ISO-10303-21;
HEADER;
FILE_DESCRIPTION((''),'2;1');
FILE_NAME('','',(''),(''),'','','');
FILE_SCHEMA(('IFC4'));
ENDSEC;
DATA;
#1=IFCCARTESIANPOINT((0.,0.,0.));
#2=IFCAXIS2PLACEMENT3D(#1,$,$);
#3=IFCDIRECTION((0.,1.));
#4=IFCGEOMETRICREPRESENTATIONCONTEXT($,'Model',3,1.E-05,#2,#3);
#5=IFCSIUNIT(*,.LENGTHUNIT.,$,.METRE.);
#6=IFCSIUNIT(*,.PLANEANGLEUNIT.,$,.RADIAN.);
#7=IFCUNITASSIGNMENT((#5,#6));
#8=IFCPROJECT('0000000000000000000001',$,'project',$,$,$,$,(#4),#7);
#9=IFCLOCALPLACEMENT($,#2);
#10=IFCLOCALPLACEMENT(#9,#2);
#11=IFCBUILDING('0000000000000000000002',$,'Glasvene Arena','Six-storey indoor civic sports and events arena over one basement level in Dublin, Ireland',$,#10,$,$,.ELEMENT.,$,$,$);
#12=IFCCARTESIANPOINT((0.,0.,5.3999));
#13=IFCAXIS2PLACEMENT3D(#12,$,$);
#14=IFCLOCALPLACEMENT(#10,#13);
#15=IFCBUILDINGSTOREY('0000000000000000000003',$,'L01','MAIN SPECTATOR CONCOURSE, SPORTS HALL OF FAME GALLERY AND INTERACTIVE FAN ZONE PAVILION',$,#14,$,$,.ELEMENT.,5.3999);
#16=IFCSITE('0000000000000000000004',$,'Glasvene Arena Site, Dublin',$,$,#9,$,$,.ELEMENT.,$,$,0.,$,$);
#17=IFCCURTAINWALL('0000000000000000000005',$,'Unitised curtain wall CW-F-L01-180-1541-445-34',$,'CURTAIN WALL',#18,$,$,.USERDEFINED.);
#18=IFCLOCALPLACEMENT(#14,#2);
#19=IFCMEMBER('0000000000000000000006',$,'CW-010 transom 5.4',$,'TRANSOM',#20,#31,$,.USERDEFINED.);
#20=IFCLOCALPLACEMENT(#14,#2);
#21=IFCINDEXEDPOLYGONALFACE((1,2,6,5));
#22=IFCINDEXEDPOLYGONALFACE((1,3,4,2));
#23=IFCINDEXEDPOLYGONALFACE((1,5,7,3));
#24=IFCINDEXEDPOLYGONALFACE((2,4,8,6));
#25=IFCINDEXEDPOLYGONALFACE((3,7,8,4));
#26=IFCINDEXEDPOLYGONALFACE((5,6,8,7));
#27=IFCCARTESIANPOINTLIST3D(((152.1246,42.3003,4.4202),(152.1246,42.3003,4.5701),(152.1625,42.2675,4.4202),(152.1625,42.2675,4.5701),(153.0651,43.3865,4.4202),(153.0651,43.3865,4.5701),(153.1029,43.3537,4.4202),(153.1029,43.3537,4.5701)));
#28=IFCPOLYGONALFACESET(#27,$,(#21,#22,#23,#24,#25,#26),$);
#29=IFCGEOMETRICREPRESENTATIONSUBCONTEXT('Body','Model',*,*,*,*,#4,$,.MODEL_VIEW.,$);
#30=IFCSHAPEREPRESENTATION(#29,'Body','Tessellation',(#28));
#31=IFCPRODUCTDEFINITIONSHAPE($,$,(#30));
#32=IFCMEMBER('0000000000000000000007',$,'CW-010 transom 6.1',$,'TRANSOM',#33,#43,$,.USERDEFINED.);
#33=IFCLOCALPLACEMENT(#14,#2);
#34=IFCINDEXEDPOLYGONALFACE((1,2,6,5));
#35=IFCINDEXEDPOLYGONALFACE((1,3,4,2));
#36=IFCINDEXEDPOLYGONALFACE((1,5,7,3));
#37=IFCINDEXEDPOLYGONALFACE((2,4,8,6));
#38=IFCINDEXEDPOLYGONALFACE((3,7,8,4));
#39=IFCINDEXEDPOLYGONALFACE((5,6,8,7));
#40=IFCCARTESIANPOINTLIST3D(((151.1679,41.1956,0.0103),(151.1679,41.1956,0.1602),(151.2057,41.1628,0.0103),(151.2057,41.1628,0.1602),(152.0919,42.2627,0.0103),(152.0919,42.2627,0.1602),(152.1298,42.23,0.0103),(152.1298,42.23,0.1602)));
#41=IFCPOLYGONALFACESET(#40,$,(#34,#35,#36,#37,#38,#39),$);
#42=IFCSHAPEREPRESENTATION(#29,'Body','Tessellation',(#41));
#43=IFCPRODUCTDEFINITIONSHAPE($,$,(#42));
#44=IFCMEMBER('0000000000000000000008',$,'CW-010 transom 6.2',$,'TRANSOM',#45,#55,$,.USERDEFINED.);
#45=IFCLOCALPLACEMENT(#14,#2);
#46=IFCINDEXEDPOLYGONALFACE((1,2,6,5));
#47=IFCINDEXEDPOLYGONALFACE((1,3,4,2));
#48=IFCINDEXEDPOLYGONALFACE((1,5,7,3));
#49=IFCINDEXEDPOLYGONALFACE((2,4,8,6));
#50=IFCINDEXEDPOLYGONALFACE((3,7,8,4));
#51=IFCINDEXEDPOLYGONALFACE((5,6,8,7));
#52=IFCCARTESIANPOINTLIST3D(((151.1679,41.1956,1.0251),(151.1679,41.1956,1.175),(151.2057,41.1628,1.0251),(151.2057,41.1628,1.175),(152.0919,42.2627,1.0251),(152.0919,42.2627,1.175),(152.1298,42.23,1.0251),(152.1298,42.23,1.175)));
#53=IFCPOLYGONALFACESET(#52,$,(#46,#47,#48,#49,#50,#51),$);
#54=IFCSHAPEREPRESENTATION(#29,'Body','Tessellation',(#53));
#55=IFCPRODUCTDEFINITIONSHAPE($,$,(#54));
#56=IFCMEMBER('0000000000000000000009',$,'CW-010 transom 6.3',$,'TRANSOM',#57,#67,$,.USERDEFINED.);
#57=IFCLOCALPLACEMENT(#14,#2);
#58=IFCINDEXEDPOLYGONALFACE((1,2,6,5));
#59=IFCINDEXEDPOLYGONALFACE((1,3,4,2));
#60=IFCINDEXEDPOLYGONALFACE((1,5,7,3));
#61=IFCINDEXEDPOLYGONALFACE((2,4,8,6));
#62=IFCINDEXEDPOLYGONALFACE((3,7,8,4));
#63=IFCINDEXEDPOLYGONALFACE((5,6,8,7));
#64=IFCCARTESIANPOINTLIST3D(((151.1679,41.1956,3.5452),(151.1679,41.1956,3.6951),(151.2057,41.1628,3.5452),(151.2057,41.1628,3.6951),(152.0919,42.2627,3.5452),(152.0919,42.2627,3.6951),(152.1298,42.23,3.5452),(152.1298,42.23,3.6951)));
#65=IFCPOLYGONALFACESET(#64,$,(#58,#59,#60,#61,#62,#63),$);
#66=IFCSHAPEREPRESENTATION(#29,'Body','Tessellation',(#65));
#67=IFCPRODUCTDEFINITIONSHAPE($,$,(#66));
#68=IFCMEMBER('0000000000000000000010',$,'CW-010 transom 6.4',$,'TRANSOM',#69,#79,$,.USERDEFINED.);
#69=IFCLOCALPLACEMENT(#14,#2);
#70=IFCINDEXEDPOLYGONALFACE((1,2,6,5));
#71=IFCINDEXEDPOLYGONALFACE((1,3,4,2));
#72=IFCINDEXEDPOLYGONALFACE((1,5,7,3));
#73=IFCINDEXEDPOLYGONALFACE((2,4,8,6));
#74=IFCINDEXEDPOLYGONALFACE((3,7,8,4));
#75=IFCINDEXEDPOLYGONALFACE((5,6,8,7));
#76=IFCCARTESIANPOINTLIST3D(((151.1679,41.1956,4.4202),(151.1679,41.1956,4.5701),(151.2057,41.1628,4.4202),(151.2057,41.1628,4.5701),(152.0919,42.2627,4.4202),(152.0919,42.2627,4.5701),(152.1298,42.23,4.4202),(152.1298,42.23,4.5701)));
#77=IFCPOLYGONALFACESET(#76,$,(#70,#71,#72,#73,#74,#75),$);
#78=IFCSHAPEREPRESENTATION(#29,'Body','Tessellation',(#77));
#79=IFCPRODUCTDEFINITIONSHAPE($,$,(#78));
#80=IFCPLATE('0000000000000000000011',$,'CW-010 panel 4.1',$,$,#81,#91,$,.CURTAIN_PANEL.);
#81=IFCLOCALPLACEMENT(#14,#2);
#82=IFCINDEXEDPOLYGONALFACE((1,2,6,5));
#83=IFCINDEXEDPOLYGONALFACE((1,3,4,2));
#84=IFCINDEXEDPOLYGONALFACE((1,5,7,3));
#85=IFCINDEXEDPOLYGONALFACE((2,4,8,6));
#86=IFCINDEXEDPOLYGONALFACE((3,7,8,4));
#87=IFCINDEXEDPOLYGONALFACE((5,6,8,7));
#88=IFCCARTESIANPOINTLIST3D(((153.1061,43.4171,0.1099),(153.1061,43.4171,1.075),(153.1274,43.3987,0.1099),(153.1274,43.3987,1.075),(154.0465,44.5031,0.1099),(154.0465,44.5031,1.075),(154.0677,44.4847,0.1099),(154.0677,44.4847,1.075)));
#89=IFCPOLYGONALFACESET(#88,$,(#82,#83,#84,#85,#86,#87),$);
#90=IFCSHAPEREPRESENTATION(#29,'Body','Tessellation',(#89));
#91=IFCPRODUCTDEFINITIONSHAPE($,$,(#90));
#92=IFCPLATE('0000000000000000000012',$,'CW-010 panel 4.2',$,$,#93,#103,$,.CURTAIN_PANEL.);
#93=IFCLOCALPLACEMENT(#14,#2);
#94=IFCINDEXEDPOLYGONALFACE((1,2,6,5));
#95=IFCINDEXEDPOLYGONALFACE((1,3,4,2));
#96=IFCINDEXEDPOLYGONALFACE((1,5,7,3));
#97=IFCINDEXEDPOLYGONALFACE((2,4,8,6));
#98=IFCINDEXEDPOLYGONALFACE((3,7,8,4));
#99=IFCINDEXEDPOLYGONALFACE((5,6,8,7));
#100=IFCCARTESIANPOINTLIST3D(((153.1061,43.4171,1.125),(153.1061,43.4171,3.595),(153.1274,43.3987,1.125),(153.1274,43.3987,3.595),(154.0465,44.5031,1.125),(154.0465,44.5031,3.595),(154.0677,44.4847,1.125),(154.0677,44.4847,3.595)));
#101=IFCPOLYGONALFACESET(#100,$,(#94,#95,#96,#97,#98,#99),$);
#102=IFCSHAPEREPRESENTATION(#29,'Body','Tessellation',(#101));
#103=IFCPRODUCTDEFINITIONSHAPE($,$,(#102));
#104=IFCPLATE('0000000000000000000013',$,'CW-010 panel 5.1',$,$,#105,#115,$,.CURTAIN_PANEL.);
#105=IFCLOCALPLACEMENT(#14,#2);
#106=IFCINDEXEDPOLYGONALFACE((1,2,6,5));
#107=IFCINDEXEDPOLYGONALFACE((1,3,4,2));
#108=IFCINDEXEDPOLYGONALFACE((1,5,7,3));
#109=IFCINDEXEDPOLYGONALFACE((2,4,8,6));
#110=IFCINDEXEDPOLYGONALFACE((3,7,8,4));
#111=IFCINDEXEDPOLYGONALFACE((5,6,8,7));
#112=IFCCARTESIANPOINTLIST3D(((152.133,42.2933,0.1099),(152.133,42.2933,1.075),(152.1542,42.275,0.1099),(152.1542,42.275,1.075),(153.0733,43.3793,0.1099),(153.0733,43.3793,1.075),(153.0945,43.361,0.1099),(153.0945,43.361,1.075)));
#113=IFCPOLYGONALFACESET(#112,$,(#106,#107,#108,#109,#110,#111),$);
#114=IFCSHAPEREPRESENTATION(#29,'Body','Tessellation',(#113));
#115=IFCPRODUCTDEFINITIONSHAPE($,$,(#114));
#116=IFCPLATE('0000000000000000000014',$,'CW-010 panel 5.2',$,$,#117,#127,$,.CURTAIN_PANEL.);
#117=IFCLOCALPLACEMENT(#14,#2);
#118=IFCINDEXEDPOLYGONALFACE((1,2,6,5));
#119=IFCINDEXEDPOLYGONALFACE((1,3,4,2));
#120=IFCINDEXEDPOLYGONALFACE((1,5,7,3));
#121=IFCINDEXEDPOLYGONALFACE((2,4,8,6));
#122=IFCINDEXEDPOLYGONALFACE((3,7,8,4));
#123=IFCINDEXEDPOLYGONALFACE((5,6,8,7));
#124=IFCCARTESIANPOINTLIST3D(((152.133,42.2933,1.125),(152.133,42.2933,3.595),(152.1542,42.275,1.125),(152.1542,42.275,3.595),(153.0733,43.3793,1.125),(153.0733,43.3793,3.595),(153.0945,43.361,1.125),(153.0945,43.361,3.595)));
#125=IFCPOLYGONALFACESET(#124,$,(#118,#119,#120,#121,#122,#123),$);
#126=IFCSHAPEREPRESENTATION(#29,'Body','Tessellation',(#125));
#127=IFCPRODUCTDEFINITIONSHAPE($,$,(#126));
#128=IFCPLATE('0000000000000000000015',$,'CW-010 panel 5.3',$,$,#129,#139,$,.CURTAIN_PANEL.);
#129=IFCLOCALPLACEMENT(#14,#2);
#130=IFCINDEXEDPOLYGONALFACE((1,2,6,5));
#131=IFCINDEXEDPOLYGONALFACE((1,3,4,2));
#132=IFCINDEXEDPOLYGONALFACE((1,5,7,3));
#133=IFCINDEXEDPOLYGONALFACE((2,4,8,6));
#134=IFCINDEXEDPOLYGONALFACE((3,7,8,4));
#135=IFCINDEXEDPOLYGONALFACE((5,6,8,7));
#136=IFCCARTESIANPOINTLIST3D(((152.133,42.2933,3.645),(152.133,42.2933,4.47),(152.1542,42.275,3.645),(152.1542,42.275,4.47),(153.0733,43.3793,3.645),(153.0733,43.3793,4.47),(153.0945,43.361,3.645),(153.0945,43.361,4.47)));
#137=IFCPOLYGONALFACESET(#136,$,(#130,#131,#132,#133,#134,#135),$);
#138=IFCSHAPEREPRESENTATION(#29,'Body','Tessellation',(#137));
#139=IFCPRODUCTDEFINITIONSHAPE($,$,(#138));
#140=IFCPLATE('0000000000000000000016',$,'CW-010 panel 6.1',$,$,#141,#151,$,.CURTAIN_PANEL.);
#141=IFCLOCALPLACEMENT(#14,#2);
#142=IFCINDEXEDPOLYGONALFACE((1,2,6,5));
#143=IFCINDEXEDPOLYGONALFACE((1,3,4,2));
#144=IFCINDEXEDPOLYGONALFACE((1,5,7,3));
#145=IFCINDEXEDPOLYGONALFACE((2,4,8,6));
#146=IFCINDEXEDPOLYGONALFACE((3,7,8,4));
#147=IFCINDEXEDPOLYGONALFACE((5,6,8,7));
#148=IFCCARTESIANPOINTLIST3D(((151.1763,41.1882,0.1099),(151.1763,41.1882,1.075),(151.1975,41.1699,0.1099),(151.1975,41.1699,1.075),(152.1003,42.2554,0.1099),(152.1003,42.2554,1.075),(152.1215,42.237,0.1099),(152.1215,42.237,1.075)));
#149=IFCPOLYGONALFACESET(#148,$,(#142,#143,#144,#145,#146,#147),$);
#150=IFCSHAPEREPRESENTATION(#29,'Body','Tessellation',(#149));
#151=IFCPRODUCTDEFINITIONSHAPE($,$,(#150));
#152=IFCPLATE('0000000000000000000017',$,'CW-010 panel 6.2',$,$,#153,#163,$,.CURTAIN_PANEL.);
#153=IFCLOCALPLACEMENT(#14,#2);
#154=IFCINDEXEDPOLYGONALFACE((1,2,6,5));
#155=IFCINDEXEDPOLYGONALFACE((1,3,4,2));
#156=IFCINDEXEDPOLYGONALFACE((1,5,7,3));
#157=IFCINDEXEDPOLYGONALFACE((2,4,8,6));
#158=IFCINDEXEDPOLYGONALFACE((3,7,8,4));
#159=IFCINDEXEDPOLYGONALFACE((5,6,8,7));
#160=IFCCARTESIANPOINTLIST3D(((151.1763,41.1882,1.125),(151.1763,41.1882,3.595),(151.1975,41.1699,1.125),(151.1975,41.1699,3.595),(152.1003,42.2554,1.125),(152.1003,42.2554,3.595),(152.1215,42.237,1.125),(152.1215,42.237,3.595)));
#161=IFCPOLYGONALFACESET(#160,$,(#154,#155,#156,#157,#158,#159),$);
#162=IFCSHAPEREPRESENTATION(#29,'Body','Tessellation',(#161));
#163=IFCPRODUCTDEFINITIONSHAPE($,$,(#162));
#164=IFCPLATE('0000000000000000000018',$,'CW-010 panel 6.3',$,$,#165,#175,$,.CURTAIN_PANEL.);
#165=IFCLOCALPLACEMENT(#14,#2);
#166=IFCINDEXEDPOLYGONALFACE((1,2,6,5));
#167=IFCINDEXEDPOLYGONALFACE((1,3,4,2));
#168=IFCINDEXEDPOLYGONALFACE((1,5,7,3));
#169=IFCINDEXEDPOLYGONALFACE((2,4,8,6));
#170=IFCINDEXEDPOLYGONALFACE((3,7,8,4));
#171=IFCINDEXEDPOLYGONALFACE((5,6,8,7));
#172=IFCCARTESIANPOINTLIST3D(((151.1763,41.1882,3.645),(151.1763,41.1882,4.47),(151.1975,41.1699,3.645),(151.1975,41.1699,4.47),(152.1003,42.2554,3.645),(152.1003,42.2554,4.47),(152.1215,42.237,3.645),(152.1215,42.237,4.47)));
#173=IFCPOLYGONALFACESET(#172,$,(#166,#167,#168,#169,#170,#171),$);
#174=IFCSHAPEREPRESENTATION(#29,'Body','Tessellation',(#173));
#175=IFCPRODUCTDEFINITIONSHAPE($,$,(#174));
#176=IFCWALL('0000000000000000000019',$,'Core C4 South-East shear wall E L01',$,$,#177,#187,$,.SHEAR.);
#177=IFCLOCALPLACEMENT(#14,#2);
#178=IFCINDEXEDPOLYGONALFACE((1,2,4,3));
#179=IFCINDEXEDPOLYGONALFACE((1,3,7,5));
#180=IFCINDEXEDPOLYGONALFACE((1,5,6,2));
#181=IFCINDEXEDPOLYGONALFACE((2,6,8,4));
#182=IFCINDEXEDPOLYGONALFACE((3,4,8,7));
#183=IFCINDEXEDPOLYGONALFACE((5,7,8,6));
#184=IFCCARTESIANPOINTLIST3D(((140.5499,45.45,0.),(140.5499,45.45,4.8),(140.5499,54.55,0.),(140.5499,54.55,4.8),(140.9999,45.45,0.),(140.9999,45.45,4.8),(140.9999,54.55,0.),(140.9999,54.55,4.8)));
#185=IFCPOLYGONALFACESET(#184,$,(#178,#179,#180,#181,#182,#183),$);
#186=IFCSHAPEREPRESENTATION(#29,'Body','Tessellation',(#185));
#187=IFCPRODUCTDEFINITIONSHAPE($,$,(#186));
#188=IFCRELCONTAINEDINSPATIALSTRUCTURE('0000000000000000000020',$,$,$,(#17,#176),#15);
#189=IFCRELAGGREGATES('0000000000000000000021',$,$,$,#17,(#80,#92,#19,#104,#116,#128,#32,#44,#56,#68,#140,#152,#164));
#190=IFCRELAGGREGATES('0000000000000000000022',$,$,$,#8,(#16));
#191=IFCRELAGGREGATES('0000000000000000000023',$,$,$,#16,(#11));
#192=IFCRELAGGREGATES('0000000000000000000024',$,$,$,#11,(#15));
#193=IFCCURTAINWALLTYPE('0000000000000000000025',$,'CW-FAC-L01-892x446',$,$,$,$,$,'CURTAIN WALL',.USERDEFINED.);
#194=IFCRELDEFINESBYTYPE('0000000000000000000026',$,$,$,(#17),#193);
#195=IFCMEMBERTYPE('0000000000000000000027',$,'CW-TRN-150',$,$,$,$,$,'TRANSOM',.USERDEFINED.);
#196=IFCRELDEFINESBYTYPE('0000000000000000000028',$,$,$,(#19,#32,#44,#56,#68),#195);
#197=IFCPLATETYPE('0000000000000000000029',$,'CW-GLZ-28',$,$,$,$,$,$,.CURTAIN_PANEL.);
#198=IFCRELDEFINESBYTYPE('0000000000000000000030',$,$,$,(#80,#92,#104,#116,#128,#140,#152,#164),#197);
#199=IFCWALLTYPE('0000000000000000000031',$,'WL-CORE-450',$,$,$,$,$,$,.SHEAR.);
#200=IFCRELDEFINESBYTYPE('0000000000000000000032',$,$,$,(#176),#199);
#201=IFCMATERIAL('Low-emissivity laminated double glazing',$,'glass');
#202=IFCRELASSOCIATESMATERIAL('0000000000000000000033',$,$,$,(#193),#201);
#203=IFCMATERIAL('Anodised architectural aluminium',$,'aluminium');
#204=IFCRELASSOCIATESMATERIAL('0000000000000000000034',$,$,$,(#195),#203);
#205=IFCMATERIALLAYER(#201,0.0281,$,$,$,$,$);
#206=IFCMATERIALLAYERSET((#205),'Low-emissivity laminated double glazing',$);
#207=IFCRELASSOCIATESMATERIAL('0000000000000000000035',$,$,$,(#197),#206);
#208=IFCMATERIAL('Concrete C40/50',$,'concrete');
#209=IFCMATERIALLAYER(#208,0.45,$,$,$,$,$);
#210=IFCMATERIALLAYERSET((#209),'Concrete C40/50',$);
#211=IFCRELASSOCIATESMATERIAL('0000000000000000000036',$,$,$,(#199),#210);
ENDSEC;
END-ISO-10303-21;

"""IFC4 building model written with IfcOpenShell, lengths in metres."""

from ifc_helpers import new_model, si_unit, direction, frame, frame_2d, origin, origin_2d, place, context, subcontext, project, spatial, rectangle, extrude, material, layer, layer_set, material_profile, profile_set, type_object, element, aggregate, save


model = new_model("IFC4")

# Units and contexts
model_context = context("Model", 3, precision=1e-05, world=origin(), true_north=direction((0.0, 1.0)))
body_context = subcontext(model_context, "Body", "Model", "MODEL_VIEW")
ifc_project = project(units=[si_unit("LENGTHUNIT", "METRE"), si_unit("PLANEANGLEUNIT", "RADIAN")], contexts=[model_context])

# Site, building, storey
site_placement = place(None, origin())
site = spatial("IfcSite", under=ifc_project, at=site_placement, Name="Glasvene Arena Site, Dublin", CompositionType="ELEMENT", RefElevation=0.0)
building_placement = place(site_placement, origin())
building = spatial("IfcBuilding", under=site, at=building_placement, Name="Glasvene Arena", Description="Six-storey indoor civic sports and events arena over one basement level in Dublin, Ireland", CompositionType="ELEMENT")
storey_placement = place(building_placement, frame((0.0, 0.0, 5.3999)))
storey = spatial("IfcBuildingStorey", under=building, at=storey_placement, Name="L01", Description="MAIN SPECTATOR CONCOURSE, SPORTS HALL OF FAME GALLERY AND INTERACTIVE FAN ZONE PAVILION", CompositionType="ELEMENT", Elevation=5.3999)

# Curtain wall, members, plates
ifc_material_1 = material(Name="Low-emissivity laminated double glazing", Category="glass")
curtain_wall_type = type_object("IfcCurtainWallType", Name="CW-FAC-L01-892x446", ElementType="CURTAIN WALL", PredefinedType="USERDEFINED", material=ifc_material_1)
curtain_wall_placement = place(storey_placement, frame((156.9927, 47.8845, 0.0)))
curtain_wall = element("IfcCurtainWall", 1, at=curtain_wall_placement, inside=storey, type_object=curtain_wall_type, Name="Unitised curtain wall CW-F-L01-180-1541-445-34", ObjectType="CURTAIN WALL", PredefinedType="USERDEFINED")
ifc_material_2 = material(Name="Anodised architectural aluminium", Category="aluminium")
ifc_material_profile_1 = material_profile(ifc_material_2, rectangle(XDim=0.05, YDim=0.1499, at=origin_2d()), Name="ALU TRANSOM 50x150")
ifc_profile_set_1 = profile_set([ifc_material_profile_1], Name="Anodised architectural aluminium")
member_type_1 = type_object("IfcMemberType", Name="CW-TRN-150", ElementType="TRANSOM", PredefinedType="USERDEFINED", material=ifc_profile_set_1)
member_1_placement = place(storey_placement, frame((153.084, 43.3701, 4.4951), z_axis=(-0.654562, -0.756009, 0.0), x_axis=(0.756009, -0.654562, 0.0)))
member_1 = element("IfcMember", 2, at=member_1_placement, type_object=member_type_1, Name="CW-010 transom 5.4", ObjectType="TRANSOM", PredefinedType="USERDEFINED", context=body_context, shape_type="SweptSolid", body=[
    extrude(rectangle(XDim=0.05, YDim=0.1499, at=origin_2d()), origin(), (0.0, 0.0, 1.0), 1.4368),
])
member_2_placement = place(storey_placement, frame((152.1108, 42.2463, 0.0852), z_axis=(-0.654614, -0.755963, 0.0), x_axis=(0.755963, -0.654614, 0.0)))
member_2 = element("IfcMember", 3, at=member_2_placement, type_object=member_type_1, Name="CW-010 transom 6.1", ObjectType="TRANSOM", PredefinedType="USERDEFINED", context=body_context, shape_type="SweptSolid", body=[
    extrude(rectangle(XDim=0.05, YDim=0.1499, at=origin_2d()), origin(), (0.0, 0.0, 1.0), 1.4116),
])
member_3_placement = place(storey_placement, frame((152.1108, 42.2463, 1.1001), z_axis=(-0.654614, -0.755963, 0.0), x_axis=(0.755963, -0.654614, 0.0)))
member_3 = element("IfcMember", 4, at=member_3_placement, type_object=member_type_1, Name="CW-010 transom 6.2", ObjectType="TRANSOM", PredefinedType="USERDEFINED", context=body_context, shape_type="SweptSolid", body=[
    extrude(rectangle(XDim=0.05, YDim=0.1499, at=origin_2d()), origin(), (0.0, 0.0, 1.0), 1.4116),
])
member_4_placement = place(storey_placement, frame((152.1108, 42.2463, 3.6201), z_axis=(-0.654614, -0.755963, 0.0), x_axis=(0.755963, -0.654614, 0.0)))
member_4 = element("IfcMember", 5, at=member_4_placement, type_object=member_type_1, Name="CW-010 transom 6.3", ObjectType="TRANSOM", PredefinedType="USERDEFINED", context=body_context, shape_type="SweptSolid", body=[
    extrude(rectangle(XDim=0.05, YDim=0.1499, at=origin_2d()), origin(), (0.0, 0.0, 1.0), 1.4116),
])
member_5_placement = place(storey_placement, frame((152.1108, 42.2463, 4.4951), z_axis=(-0.654614, -0.755963, 0.0), x_axis=(0.755963, -0.654614, 0.0)))
member_5 = element("IfcMember", 6, at=member_5_placement, type_object=member_type_1, Name="CW-010 transom 6.4", ObjectType="TRANSOM", PredefinedType="USERDEFINED", context=body_context, shape_type="SweptSolid", body=[
    extrude(rectangle(XDim=0.05, YDim=0.1499, at=origin_2d()), origin(), (0.0, 0.0, 1.0), 1.4116),
])
ifc_layer_1 = layer(ifc_material_1, 0.0281)
ifc_layer_set_1 = layer_set([ifc_layer_1], Name="Low-emissivity laminated double glazing")
plate_type = type_object("IfcPlateType", Name="CW-GLZ-28", PredefinedType="CURTAIN_PANEL", material=ifc_layer_set_1)
plate_1_placement = place(storey_placement, frame((153.5869, 43.9509, 0.1099), z_axis=(0.0, 0.0, 1.0), x_axis=(-0.654577, -0.755995, 0.0)))
plate_1 = element("IfcPlate", 7, at=plate_1_placement, type_object=plate_type, Name="CW-010 panel 4.1", PredefinedType="CURTAIN_PANEL", context=body_context, shape_type="SweptSolid", body=[
    extrude(rectangle(XDim=1.4365, YDim=0.0281, at=origin_2d()), origin(), (0.0, 0.0, 1.0), 0.9651),
])
plate_2_placement = place(storey_placement, frame((153.5869, 43.9509, 1.125), z_axis=(0.0, 0.0, 1.0), x_axis=(-0.654577, -0.755995, 0.0)))
plate_2 = element("IfcPlate", 8, at=plate_2_placement, type_object=plate_type, Name="CW-010 panel 4.2", PredefinedType="CURTAIN_PANEL", context=body_context, shape_type="SweptSolid", body=[
    extrude(rectangle(XDim=1.4365, YDim=0.0281, at=origin_2d()), origin(), (0.0, 0.0, 1.0), 2.47),
])
plate_3_placement = place(storey_placement, frame((152.6138, 42.8271, 0.1099), z_axis=(0.0, 0.0, 1.0), x_axis=(-0.654577, -0.755995, 0.0)))
plate_3 = element("IfcPlate", 9, at=plate_3_placement, type_object=plate_type, Name="CW-010 panel 5.1", PredefinedType="CURTAIN_PANEL", context=body_context, shape_type="SweptSolid", body=[
    extrude(rectangle(XDim=1.4365, YDim=0.0281, at=origin_2d()), origin(), (0.0, 0.0, 1.0), 0.9651),
])
plate_4_placement = place(storey_placement, frame((152.6138, 42.8271, 1.125), z_axis=(0.0, 0.0, 1.0), x_axis=(-0.654577, -0.755995, 0.0)))
plate_4 = element("IfcPlate", 10, at=plate_4_placement, type_object=plate_type, Name="CW-010 panel 5.2", PredefinedType="CURTAIN_PANEL", context=body_context, shape_type="SweptSolid", body=[
    extrude(rectangle(XDim=1.4365, YDim=0.0281, at=origin_2d()), origin(), (0.0, 0.0, 1.0), 2.47),
])
plate_5_placement = place(storey_placement, frame((152.6138, 42.8271, 3.645), z_axis=(0.0, 0.0, 1.0), x_axis=(-0.654577, -0.755995, 0.0)))
plate_5 = element("IfcPlate", 11, at=plate_5_placement, type_object=plate_type, Name="CW-010 panel 5.3", PredefinedType="CURTAIN_PANEL", context=body_context, shape_type="SweptSolid", body=[
    extrude(rectangle(XDim=1.4365, YDim=0.0281, at=origin_2d()), origin(), (0.0, 0.0, 1.0), 0.825),
])
plate_6_placement = place(storey_placement, frame((151.6489, 41.7126, 0.1099), z_axis=(0.0, 0.0, 1.0), x_axis=(-0.654577, -0.755995, 0.0)))
plate_6 = element("IfcPlate", 12, at=plate_6_placement, type_object=plate_type, Name="CW-010 panel 6.1", PredefinedType="CURTAIN_PANEL", context=body_context, shape_type="SweptSolid", body=[
    extrude(rectangle(XDim=1.4116, YDim=0.0281, at=origin_2d()), origin(), (0.0, 0.0, 1.0), 0.9651),
])
plate_7_placement = place(storey_placement, frame((151.6489, 41.7126, 1.125), z_axis=(0.0, 0.0, 1.0), x_axis=(-0.654577, -0.755995, 0.0)))
plate_7 = element("IfcPlate", 13, at=plate_7_placement, type_object=plate_type, Name="CW-010 panel 6.2", PredefinedType="CURTAIN_PANEL", context=body_context, shape_type="SweptSolid", body=[
    extrude(rectangle(XDim=1.4116, YDim=0.0281, at=origin_2d()), origin(), (0.0, 0.0, 1.0), 2.47),
])
plate_8_placement = place(storey_placement, frame((151.6489, 41.7126, 3.645), z_axis=(0.0, 0.0, 1.0), x_axis=(-0.654577, -0.755995, 0.0)))
plate_8 = element("IfcPlate", 14, at=plate_8_placement, type_object=plate_type, Name="CW-010 panel 6.3", PredefinedType="CURTAIN_PANEL", context=body_context, shape_type="SweptSolid", body=[
    extrude(rectangle(XDim=1.4116, YDim=0.0281, at=origin_2d()), origin(), (0.0, 0.0, 1.0), 0.825),
])
aggregate(curtain_wall, [plate_1, plate_2, member_1, plate_3, plate_4, plate_5, member_2, member_3, member_4, member_5, plate_6, plate_7, plate_8])

# Wall
ifc_material_3 = material(Name="Concrete C40/50", Category="concrete")
ifc_layer_2 = layer(ifc_material_3, 0.45)
ifc_layer_set_2 = layer_set([ifc_layer_2], Name="Concrete C40/50")
wall_type_1 = type_object("IfcWallType", Name="WL-CORE-450", PredefinedType="SHEAR", material=ifc_layer_set_2)
wall_1_placement = place(storey_placement, frame((140.7749, 45.45, 0.0), z_axis=(0.0, 0.0, 1.0), x_axis=(0.0, 1.0, 0.0)))
element("IfcWall", 15, at=wall_1_placement, inside=storey, type_object=wall_type_1, Name="Core C4 South-East shear wall E L01", PredefinedType="SHEAR", context=body_context, shape_type="SweptSolid", body=[
    extrude(rectangle(XDim=9.1001, YDim=0.45, at=frame_2d((4.55, 0.0))), origin(), (0.0, 0.0, 1.0), 4.8),
])

save(model, "model.ifc")
